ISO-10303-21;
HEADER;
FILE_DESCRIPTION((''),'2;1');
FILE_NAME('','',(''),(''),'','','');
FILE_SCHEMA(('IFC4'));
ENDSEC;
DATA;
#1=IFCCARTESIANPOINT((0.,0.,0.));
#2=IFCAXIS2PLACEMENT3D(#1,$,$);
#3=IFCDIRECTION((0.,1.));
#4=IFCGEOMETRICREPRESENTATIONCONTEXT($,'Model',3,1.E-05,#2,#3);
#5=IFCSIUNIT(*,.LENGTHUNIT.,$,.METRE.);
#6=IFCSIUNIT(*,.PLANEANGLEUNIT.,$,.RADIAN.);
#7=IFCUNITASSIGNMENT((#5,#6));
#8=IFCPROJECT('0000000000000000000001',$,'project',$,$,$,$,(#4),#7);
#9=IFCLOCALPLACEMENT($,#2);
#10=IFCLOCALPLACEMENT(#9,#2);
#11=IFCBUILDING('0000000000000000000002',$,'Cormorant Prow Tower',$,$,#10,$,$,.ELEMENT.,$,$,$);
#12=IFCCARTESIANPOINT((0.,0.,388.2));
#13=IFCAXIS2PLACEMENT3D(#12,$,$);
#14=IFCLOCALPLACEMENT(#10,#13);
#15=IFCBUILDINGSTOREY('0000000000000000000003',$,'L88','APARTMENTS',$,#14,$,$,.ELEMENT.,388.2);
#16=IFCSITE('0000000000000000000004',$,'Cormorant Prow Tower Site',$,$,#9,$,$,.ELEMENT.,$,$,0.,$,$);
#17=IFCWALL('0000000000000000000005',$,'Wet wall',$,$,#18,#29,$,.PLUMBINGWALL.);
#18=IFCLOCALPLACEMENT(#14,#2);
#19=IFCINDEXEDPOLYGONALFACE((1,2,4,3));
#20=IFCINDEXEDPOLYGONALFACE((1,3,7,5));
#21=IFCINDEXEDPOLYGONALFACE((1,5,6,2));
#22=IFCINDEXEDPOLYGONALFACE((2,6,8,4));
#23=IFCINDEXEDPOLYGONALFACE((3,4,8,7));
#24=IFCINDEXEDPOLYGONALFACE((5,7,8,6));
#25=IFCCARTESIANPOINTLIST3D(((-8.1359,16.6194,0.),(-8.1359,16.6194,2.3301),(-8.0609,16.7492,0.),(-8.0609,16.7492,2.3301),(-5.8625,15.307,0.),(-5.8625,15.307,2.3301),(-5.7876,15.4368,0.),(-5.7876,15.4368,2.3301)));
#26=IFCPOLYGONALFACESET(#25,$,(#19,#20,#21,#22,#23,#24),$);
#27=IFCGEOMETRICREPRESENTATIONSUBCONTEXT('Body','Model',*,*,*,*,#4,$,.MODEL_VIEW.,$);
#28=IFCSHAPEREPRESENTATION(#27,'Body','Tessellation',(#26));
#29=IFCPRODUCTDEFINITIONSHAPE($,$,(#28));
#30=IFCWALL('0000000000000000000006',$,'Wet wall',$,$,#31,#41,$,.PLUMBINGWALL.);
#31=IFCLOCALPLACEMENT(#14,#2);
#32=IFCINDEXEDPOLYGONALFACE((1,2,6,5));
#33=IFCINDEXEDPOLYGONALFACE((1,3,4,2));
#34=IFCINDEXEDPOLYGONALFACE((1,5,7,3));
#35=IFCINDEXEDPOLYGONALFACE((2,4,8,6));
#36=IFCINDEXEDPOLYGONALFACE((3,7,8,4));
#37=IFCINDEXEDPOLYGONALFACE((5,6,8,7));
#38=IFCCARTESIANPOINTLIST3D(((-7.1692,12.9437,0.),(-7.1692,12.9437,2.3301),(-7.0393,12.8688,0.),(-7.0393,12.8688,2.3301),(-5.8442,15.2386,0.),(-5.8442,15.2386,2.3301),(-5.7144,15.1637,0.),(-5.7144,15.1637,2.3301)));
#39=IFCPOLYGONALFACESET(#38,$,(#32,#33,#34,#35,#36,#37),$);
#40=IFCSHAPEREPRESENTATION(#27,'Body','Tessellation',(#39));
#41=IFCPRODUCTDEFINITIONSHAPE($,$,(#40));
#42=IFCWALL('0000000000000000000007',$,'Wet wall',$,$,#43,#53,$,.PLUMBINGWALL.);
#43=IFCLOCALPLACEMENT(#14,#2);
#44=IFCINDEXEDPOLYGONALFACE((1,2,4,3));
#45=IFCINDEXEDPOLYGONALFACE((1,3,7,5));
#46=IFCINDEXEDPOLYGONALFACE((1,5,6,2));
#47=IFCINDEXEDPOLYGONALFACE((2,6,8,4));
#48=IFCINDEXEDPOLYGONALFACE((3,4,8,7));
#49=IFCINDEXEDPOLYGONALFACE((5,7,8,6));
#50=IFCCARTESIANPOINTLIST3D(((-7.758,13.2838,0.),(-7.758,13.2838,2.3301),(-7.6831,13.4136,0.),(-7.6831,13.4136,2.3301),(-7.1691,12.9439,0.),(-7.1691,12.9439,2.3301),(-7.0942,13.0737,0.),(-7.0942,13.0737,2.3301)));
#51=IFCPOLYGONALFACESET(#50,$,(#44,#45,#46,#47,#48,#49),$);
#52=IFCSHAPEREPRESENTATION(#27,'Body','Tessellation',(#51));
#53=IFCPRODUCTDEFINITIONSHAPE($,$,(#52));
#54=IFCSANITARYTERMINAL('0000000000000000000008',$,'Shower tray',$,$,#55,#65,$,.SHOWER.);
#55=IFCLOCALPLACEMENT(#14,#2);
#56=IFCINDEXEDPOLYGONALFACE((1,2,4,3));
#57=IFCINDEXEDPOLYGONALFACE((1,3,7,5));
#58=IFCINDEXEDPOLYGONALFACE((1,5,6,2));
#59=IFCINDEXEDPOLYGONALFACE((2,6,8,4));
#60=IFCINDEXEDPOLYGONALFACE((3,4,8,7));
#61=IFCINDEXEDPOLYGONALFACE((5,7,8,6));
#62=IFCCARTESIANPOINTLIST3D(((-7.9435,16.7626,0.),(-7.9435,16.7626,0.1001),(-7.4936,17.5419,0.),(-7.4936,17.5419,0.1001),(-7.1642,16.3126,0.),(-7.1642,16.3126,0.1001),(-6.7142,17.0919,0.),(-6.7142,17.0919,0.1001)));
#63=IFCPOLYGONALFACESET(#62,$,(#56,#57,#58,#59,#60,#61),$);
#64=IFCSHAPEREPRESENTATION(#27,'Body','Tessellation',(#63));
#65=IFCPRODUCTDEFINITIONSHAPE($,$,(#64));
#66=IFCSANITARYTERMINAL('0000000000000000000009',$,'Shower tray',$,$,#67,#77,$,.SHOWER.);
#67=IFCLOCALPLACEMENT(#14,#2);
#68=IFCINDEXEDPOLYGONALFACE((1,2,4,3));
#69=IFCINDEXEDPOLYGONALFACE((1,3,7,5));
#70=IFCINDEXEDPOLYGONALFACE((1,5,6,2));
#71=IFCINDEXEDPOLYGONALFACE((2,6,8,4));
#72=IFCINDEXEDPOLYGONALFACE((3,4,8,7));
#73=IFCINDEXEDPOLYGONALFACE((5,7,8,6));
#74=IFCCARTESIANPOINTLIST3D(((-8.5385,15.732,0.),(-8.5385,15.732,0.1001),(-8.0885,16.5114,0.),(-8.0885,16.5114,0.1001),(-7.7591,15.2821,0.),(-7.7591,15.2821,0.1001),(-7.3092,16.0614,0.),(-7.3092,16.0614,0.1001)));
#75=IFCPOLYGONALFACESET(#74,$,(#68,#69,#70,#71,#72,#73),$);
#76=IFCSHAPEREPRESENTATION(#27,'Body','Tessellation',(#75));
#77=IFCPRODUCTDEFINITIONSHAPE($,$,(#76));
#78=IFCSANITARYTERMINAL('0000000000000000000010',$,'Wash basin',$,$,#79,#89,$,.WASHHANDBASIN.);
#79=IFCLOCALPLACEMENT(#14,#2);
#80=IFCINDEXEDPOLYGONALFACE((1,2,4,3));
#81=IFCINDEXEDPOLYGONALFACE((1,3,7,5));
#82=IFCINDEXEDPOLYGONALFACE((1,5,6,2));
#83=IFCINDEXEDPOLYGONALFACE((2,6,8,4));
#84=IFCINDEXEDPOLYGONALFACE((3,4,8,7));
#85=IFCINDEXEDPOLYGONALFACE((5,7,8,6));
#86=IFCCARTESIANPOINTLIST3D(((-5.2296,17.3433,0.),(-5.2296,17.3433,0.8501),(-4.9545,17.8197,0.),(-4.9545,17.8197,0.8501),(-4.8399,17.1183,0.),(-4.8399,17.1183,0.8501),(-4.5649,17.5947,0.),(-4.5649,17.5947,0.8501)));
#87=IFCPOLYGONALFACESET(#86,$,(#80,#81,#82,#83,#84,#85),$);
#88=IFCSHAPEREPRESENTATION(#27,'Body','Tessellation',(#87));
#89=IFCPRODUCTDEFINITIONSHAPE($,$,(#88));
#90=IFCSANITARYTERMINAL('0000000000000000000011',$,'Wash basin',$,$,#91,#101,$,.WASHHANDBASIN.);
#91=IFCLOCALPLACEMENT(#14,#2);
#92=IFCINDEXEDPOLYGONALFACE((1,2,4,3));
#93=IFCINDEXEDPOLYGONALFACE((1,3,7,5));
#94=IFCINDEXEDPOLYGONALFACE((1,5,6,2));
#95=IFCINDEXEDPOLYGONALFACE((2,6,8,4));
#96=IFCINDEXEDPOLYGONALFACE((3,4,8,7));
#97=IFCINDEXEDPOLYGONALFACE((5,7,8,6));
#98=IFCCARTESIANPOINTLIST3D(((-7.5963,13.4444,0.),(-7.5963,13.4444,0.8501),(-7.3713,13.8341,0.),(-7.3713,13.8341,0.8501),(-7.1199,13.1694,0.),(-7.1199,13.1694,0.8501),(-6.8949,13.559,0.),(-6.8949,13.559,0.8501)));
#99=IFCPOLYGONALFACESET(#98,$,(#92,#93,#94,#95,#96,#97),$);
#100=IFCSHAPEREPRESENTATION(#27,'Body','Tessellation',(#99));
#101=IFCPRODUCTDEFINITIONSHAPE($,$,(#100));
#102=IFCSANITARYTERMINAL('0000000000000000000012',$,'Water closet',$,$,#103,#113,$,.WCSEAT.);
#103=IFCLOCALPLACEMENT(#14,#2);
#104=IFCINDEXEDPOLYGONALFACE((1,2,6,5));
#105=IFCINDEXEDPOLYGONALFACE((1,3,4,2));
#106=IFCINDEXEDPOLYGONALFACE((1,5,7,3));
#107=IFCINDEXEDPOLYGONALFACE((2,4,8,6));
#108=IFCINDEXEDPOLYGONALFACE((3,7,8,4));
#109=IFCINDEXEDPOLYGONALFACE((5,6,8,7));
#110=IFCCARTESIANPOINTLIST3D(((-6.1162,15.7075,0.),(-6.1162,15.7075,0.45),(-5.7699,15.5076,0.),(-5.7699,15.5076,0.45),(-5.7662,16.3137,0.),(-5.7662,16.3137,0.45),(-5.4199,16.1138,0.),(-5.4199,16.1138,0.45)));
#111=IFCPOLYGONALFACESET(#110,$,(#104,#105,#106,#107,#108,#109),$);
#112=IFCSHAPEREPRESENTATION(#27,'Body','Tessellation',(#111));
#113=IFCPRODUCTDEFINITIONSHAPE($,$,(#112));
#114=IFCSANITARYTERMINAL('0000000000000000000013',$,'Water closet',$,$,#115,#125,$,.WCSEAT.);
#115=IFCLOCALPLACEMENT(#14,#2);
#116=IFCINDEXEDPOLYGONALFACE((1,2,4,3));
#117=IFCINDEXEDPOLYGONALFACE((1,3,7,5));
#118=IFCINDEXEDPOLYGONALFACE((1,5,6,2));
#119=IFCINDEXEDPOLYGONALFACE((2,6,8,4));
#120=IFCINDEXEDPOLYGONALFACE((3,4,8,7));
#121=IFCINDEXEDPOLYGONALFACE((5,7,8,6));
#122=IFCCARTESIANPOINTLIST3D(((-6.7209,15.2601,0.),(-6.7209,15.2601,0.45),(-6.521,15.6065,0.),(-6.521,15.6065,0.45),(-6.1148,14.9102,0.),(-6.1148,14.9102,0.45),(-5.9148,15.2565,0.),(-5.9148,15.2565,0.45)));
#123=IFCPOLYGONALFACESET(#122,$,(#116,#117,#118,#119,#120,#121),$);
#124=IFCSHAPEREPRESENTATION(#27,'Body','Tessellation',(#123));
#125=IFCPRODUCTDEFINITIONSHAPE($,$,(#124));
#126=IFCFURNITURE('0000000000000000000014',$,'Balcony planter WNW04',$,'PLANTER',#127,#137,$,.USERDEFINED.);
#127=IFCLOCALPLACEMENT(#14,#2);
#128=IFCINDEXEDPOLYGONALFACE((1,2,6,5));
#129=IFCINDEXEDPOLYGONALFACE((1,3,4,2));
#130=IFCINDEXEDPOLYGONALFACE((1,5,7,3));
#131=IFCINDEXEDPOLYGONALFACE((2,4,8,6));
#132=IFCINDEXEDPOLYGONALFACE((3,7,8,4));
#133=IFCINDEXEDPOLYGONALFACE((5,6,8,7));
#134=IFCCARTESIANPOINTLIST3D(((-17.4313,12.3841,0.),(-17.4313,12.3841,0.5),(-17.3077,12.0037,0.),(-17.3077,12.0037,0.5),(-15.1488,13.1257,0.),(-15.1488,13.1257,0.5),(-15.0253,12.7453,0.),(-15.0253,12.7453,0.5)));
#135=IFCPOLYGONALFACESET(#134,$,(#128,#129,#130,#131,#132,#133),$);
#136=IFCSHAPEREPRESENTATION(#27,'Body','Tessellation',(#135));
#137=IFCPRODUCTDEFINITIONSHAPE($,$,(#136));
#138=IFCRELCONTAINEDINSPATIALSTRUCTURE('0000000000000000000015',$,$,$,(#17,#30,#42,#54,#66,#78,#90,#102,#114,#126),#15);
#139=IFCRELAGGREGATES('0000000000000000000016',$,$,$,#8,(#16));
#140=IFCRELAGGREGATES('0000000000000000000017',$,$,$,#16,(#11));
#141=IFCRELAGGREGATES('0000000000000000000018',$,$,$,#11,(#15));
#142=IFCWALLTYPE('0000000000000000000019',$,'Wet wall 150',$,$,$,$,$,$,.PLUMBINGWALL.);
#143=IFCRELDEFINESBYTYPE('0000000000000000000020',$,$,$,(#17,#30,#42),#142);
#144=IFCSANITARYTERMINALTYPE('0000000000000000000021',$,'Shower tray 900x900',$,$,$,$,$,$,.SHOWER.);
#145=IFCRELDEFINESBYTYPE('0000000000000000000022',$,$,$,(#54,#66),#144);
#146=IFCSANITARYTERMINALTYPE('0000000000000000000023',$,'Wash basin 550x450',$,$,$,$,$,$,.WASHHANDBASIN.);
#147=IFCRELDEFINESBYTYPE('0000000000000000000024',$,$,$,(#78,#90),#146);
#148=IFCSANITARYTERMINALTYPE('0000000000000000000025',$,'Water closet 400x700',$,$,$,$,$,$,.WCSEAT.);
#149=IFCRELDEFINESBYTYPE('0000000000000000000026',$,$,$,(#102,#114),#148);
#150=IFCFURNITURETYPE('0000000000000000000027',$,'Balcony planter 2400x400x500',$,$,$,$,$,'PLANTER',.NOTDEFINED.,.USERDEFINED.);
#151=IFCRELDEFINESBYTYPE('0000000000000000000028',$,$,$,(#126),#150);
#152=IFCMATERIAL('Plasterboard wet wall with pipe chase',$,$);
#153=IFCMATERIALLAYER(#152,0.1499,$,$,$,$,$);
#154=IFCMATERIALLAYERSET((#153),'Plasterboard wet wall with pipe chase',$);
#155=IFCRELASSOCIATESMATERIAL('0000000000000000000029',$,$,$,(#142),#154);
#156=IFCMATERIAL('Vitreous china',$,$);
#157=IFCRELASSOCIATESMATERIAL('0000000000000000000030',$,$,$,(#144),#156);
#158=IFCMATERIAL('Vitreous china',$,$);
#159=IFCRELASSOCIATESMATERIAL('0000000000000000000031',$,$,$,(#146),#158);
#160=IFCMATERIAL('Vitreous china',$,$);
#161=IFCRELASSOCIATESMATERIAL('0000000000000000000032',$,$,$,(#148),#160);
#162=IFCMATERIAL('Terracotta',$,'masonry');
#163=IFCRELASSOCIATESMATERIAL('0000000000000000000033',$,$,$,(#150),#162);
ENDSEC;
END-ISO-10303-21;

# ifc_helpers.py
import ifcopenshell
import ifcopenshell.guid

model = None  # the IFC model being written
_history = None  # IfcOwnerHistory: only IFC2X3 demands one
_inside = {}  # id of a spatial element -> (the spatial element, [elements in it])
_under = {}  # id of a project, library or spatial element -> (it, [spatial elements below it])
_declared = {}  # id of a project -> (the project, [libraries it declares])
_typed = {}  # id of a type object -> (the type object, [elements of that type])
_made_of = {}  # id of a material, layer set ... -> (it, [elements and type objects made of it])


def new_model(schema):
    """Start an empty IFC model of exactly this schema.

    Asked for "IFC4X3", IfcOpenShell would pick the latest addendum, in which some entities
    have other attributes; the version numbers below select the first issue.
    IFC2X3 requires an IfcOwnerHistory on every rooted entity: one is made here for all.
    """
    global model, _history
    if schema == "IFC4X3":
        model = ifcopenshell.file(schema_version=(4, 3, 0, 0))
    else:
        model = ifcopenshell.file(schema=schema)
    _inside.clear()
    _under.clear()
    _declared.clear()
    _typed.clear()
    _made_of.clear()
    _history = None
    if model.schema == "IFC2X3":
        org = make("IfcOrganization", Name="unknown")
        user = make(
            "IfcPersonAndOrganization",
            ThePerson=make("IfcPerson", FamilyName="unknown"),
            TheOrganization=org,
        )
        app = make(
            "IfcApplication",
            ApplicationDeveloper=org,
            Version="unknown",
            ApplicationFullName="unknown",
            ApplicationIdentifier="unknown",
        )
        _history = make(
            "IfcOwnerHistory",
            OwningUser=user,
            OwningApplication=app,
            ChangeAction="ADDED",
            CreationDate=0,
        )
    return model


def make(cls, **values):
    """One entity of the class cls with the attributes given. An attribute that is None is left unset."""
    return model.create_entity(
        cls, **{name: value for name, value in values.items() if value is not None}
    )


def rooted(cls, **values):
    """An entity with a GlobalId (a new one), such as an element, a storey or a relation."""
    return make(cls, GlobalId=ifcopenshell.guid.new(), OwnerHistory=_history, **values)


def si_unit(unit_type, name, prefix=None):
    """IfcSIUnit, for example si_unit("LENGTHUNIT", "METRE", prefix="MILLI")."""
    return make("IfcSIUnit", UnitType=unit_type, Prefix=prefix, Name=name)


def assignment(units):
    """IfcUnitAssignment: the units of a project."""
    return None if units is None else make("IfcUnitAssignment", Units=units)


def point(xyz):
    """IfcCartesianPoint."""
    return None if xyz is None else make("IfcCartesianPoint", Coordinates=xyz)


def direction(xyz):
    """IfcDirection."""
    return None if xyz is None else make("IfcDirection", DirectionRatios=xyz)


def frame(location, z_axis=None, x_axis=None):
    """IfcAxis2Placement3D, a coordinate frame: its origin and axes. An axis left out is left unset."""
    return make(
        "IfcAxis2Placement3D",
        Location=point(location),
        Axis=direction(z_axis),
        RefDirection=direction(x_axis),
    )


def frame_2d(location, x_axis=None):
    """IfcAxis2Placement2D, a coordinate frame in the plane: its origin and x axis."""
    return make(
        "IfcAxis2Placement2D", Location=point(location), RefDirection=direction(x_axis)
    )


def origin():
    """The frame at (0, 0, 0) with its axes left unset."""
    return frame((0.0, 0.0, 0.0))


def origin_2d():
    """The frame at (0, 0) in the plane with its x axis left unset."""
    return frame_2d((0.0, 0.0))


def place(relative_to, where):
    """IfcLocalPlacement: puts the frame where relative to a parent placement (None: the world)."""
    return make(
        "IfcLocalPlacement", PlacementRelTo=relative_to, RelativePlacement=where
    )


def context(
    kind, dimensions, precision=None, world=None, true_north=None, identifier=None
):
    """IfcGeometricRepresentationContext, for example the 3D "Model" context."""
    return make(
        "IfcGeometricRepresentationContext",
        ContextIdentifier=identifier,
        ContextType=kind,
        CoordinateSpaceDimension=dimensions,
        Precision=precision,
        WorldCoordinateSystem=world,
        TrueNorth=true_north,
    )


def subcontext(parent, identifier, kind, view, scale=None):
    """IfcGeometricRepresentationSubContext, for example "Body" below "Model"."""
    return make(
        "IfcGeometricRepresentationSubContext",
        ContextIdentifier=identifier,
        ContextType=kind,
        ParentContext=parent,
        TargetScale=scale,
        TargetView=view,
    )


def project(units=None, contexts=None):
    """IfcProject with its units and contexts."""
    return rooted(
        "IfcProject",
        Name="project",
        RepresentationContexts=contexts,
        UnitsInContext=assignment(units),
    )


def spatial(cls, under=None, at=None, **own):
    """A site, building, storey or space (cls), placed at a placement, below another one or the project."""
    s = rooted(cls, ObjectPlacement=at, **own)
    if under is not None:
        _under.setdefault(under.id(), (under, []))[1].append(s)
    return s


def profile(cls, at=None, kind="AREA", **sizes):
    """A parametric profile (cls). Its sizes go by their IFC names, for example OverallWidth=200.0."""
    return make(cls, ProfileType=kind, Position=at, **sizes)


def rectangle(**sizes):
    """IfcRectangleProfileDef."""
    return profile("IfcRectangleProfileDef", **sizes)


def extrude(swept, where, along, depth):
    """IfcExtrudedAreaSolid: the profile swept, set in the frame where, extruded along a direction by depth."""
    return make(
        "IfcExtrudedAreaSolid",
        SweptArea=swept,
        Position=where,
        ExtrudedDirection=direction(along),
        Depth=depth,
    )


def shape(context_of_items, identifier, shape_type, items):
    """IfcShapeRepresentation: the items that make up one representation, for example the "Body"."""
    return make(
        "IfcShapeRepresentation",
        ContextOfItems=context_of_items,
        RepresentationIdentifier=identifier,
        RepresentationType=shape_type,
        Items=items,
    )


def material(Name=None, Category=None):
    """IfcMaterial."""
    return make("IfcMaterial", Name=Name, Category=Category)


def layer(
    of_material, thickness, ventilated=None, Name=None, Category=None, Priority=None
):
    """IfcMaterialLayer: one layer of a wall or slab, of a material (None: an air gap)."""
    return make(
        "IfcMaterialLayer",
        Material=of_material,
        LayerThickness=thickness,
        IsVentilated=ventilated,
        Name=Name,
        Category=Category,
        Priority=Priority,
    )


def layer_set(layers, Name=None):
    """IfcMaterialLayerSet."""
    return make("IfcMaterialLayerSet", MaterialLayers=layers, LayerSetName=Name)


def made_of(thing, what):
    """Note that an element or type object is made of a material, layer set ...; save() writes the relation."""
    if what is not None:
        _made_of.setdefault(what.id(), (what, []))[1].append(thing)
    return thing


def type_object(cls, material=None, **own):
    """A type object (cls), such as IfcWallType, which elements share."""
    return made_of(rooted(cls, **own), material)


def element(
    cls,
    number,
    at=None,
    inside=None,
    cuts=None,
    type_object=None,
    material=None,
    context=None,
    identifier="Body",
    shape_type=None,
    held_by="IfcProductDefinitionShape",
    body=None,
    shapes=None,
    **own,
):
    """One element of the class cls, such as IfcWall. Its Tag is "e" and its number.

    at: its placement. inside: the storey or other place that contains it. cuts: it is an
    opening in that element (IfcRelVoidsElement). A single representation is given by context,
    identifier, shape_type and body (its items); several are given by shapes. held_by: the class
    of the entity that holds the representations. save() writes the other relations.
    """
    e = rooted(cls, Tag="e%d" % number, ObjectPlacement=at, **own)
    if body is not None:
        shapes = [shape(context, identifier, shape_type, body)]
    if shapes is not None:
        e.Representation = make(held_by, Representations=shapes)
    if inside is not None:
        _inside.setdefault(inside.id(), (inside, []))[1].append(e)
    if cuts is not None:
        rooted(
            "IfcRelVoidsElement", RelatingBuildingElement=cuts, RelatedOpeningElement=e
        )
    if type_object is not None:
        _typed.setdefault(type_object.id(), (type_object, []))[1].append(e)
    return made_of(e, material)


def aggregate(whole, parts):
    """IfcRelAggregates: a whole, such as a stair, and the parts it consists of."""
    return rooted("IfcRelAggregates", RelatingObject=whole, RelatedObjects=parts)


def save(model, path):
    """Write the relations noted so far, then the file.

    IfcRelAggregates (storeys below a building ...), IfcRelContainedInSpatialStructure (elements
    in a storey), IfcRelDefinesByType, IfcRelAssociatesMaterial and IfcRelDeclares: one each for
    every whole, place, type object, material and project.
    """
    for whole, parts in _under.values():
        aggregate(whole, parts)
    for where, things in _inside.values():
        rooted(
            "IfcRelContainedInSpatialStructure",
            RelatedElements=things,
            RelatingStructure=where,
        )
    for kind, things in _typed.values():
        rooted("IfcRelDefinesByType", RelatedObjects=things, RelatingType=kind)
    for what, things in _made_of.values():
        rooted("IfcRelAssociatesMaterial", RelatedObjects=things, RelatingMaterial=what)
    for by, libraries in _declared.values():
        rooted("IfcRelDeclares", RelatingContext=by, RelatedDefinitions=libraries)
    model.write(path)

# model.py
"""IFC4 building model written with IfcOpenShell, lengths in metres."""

from ifc_helpers import new_model, si_unit, direction, frame, frame_2d, origin, origin_2d, place, context, subcontext, project, spatial, rectangle, extrude, material, layer, layer_set, type_object, element, save


model = new_model("IFC4")

# Units and contexts
model_context = context("Model", 3, precision=1e-05, world=origin(), true_north=direction((0.0, 1.0)))
body_context = subcontext(model_context, "Body", "Model", "MODEL_VIEW")
ifc_project = project(units=[si_unit("LENGTHUNIT", "METRE"), si_unit("PLANEANGLEUNIT", "RADIAN")], contexts=[model_context])

# Site, building, storey
site_placement = place(None, origin())
site = spatial("IfcSite", under=ifc_project, at=site_placement, Name="Cormorant Prow Tower Site", CompositionType="ELEMENT", RefElevation=0.0)
building_placement = place(site_placement, origin())
building = spatial("IfcBuilding", under=site, at=building_placement, Name="Cormorant Prow Tower", CompositionType="ELEMENT")
storey_placement = place(building_placement, frame((0.0, 0.0, 388.2)))
storey = spatial("IfcBuildingStorey", under=building, at=storey_placement, Name="L88", Description="APARTMENTS", CompositionType="ELEMENT", Elevation=388.2)

# Walls
ifc_material_1 = material(Name="Plasterboard wet wall with pipe chase")
ifc_layer_1 = layer(ifc_material_1, 0.1499)
ifc_layer_set_1 = layer_set([ifc_layer_1], Name="Plasterboard wet wall with pipe chase")
wall_type_1 = type_object("IfcWallType", Name="Wet wall 150", PredefinedType="PLUMBINGWALL", material=ifc_layer_set_1)
wall_1_placement = place(storey_placement, frame((-8.0984, 16.6843, 0.0), z_axis=(0.0, 0.0, 1.0), x_axis=(0.866037, -0.49998, 0.0)))
element("IfcWall", 1, at=wall_1_placement, inside=storey, type_object=wall_type_1, Name="Wet wall", PredefinedType="PLUMBINGWALL", context=body_context, shape_type="SweptSolid", body=[
    extrude(rectangle(XDim=2.625, YDim=0.1499, at=frame_2d((1.3125, 0.0))), origin(), (0.0, 0.0, 1.0), 2.3301),
])
wall_2_placement = place(storey_placement, frame((-7.1042, 12.9062, 0.0), z_axis=(0.0, 0.0, 1.0), x_axis=(0.499994, 0.866029, 0.0)))
element("IfcWall", 2, at=wall_2_placement, inside=storey, type_object=wall_type_1, Name="Wet wall", PredefinedType="PLUMBINGWALL", context=body_context, shape_type="SweptSolid", body=[
    extrude(rectangle(XDim=2.6499, YDim=0.1499, at=frame_2d((1.325, 0.0))), origin(), (0.0, 0.0, 1.0), 2.3301),
])
wall_3_placement = place(storey_placement, frame((-7.7205, 13.3486, 0.0), z_axis=(0.0, 0.0, 1.0), x_axis=(0.866114, -0.499847, 0.0)))
element("IfcWall", 3, at=wall_3_placement, inside=storey, type_object=wall_type_1, Name="Wet wall", PredefinedType="PLUMBINGWALL", context=body_context, shape_type="SweptSolid", body=[
    extrude(rectangle(XDim=0.6799, YDim=0.1499, at=frame_2d((0.3398, 0.0))), origin(), (0.0, 0.0, 1.0), 2.3301),
])

# Sanitary terminals
ifc_material_2 = material(Name="Vitreous china")
sanitary_terminal_type_1 = type_object("IfcSanitaryTerminalType", Name="Shower tray 900x900", PredefinedType="SHOWER", material=ifc_material_2)
for number, where, z_axis, x_axis, name in (
    (4, (-7.3289, 16.9272, 0.0), (0.0, 0.0, 1.0), (0.5, 0.866025, 0.0), "Shower tray"),
    (5, (-7.9238, 15.8967, 0.0), (0.0, 0.0, 1.0), (0.866025, -0.5, 0.0), "Shower tray"),
):
    element("IfcSanitaryTerminal", number, at=place(storey_placement, frame(where, z_axis=z_axis, x_axis=x_axis)), inside=storey, type_object=sanitary_terminal_type_1, Name=name, PredefinedType="SHOWER", context=body_context, shape_type="SweptSolid", body=[
        extrude(rectangle(XDim=0.8999, YDim=0.8999, at=origin_2d()), origin(), (0.0, 0.0, 1.0), 0.1001),
    ])
ifc_material_3 = material(Name="Vitreous china")
sanitary_terminal_type_2 = type_object("IfcSanitaryTerminalType", Name="Wash basin 550x450", PredefinedType="WASHHANDBASIN", material=ifc_material_3)
for number, where, z_axis, x_axis, name in (
    (6, (-4.8972, 17.469, 0.0), (0.0, 0.0, 1.0), (-0.5, -0.866025, 0.0), "Wash basin"),
    (7, (-7.2456, 13.5017, 0.0), (0.0, 0.0, 1.0), (-0.866025, 0.5, 0.0), "Wash basin"),
):
    element("IfcSanitaryTerminal", number, at=place(storey_placement, frame(where, z_axis=z_axis, x_axis=x_axis)), inside=storey, type_object=sanitary_terminal_type_2, Name=name, PredefinedType="WASHHANDBASIN", context=body_context, shape_type="SweptSolid", body=[
        extrude(rectangle(XDim=0.55, YDim=0.45, at=origin_2d()), origin(), (0.0, 0.0, 1.0), 0.8501),
    ])
ifc_material_4 = material(Name="Vitreous china")
sanitary_terminal_type_3 = type_object("IfcSanitaryTerminalType", Name="Water closet 400x700", PredefinedType="WCSEAT", material=ifc_material_4)
for number, where, z_axis, x_axis, name in (
    (8, (-5.7681, 15.9106, 0.0), (0.0, 0.0, 1.0), (-0.866025, 0.5, 0.0), "Water closet"),
    (9, (-6.3179, 15.2583, 0.0), (0.0, 0.0, 1.0), (-0.5, -0.866025, 0.0), "Water closet"),
):
    element("IfcSanitaryTerminal", number, at=place(storey_placement, frame(where, z_axis=z_axis, x_axis=x_axis)), inside=storey, type_object=sanitary_terminal_type_3, Name=name, PredefinedType="WCSEAT", context=body_context, shape_type="SweptSolid", body=[
        extrude(rectangle(XDim=0.3999, YDim=0.7, at=origin_2d()), origin(), (0.0, 0.0, 1.0), 0.45),
    ])

# Furniture
ifc_material_5 = material(Name="Terracotta", Category="masonry")
furniture_type = type_object("IfcFurnitureType", Name="Balcony planter 2400x400x500", ElementType="PLANTER", AssemblyPlace="NOTDEFINED", PredefinedType="USERDEFINED", material=ifc_material_5)
furniture_placement = place(storey_placement, frame((-16.2283, 12.5647, 0.0), z_axis=(0.0, 0.0, 1.0), x_axis=(-0.951057, -0.309017, 0.0)))
element("IfcFurniture", 10, at=furniture_placement, inside=storey, type_object=furniture_type, Name="Balcony planter WNW04", ObjectType="PLANTER", PredefinedType="USERDEFINED", context=body_context, shape_type="SweptSolid", body=[
    extrude(rectangle(XDim=2.3999, YDim=0.3999, at=origin_2d()), origin(), (0.0, 0.0, 1.0), 0.5),
])

save(model, "model.ifc")
